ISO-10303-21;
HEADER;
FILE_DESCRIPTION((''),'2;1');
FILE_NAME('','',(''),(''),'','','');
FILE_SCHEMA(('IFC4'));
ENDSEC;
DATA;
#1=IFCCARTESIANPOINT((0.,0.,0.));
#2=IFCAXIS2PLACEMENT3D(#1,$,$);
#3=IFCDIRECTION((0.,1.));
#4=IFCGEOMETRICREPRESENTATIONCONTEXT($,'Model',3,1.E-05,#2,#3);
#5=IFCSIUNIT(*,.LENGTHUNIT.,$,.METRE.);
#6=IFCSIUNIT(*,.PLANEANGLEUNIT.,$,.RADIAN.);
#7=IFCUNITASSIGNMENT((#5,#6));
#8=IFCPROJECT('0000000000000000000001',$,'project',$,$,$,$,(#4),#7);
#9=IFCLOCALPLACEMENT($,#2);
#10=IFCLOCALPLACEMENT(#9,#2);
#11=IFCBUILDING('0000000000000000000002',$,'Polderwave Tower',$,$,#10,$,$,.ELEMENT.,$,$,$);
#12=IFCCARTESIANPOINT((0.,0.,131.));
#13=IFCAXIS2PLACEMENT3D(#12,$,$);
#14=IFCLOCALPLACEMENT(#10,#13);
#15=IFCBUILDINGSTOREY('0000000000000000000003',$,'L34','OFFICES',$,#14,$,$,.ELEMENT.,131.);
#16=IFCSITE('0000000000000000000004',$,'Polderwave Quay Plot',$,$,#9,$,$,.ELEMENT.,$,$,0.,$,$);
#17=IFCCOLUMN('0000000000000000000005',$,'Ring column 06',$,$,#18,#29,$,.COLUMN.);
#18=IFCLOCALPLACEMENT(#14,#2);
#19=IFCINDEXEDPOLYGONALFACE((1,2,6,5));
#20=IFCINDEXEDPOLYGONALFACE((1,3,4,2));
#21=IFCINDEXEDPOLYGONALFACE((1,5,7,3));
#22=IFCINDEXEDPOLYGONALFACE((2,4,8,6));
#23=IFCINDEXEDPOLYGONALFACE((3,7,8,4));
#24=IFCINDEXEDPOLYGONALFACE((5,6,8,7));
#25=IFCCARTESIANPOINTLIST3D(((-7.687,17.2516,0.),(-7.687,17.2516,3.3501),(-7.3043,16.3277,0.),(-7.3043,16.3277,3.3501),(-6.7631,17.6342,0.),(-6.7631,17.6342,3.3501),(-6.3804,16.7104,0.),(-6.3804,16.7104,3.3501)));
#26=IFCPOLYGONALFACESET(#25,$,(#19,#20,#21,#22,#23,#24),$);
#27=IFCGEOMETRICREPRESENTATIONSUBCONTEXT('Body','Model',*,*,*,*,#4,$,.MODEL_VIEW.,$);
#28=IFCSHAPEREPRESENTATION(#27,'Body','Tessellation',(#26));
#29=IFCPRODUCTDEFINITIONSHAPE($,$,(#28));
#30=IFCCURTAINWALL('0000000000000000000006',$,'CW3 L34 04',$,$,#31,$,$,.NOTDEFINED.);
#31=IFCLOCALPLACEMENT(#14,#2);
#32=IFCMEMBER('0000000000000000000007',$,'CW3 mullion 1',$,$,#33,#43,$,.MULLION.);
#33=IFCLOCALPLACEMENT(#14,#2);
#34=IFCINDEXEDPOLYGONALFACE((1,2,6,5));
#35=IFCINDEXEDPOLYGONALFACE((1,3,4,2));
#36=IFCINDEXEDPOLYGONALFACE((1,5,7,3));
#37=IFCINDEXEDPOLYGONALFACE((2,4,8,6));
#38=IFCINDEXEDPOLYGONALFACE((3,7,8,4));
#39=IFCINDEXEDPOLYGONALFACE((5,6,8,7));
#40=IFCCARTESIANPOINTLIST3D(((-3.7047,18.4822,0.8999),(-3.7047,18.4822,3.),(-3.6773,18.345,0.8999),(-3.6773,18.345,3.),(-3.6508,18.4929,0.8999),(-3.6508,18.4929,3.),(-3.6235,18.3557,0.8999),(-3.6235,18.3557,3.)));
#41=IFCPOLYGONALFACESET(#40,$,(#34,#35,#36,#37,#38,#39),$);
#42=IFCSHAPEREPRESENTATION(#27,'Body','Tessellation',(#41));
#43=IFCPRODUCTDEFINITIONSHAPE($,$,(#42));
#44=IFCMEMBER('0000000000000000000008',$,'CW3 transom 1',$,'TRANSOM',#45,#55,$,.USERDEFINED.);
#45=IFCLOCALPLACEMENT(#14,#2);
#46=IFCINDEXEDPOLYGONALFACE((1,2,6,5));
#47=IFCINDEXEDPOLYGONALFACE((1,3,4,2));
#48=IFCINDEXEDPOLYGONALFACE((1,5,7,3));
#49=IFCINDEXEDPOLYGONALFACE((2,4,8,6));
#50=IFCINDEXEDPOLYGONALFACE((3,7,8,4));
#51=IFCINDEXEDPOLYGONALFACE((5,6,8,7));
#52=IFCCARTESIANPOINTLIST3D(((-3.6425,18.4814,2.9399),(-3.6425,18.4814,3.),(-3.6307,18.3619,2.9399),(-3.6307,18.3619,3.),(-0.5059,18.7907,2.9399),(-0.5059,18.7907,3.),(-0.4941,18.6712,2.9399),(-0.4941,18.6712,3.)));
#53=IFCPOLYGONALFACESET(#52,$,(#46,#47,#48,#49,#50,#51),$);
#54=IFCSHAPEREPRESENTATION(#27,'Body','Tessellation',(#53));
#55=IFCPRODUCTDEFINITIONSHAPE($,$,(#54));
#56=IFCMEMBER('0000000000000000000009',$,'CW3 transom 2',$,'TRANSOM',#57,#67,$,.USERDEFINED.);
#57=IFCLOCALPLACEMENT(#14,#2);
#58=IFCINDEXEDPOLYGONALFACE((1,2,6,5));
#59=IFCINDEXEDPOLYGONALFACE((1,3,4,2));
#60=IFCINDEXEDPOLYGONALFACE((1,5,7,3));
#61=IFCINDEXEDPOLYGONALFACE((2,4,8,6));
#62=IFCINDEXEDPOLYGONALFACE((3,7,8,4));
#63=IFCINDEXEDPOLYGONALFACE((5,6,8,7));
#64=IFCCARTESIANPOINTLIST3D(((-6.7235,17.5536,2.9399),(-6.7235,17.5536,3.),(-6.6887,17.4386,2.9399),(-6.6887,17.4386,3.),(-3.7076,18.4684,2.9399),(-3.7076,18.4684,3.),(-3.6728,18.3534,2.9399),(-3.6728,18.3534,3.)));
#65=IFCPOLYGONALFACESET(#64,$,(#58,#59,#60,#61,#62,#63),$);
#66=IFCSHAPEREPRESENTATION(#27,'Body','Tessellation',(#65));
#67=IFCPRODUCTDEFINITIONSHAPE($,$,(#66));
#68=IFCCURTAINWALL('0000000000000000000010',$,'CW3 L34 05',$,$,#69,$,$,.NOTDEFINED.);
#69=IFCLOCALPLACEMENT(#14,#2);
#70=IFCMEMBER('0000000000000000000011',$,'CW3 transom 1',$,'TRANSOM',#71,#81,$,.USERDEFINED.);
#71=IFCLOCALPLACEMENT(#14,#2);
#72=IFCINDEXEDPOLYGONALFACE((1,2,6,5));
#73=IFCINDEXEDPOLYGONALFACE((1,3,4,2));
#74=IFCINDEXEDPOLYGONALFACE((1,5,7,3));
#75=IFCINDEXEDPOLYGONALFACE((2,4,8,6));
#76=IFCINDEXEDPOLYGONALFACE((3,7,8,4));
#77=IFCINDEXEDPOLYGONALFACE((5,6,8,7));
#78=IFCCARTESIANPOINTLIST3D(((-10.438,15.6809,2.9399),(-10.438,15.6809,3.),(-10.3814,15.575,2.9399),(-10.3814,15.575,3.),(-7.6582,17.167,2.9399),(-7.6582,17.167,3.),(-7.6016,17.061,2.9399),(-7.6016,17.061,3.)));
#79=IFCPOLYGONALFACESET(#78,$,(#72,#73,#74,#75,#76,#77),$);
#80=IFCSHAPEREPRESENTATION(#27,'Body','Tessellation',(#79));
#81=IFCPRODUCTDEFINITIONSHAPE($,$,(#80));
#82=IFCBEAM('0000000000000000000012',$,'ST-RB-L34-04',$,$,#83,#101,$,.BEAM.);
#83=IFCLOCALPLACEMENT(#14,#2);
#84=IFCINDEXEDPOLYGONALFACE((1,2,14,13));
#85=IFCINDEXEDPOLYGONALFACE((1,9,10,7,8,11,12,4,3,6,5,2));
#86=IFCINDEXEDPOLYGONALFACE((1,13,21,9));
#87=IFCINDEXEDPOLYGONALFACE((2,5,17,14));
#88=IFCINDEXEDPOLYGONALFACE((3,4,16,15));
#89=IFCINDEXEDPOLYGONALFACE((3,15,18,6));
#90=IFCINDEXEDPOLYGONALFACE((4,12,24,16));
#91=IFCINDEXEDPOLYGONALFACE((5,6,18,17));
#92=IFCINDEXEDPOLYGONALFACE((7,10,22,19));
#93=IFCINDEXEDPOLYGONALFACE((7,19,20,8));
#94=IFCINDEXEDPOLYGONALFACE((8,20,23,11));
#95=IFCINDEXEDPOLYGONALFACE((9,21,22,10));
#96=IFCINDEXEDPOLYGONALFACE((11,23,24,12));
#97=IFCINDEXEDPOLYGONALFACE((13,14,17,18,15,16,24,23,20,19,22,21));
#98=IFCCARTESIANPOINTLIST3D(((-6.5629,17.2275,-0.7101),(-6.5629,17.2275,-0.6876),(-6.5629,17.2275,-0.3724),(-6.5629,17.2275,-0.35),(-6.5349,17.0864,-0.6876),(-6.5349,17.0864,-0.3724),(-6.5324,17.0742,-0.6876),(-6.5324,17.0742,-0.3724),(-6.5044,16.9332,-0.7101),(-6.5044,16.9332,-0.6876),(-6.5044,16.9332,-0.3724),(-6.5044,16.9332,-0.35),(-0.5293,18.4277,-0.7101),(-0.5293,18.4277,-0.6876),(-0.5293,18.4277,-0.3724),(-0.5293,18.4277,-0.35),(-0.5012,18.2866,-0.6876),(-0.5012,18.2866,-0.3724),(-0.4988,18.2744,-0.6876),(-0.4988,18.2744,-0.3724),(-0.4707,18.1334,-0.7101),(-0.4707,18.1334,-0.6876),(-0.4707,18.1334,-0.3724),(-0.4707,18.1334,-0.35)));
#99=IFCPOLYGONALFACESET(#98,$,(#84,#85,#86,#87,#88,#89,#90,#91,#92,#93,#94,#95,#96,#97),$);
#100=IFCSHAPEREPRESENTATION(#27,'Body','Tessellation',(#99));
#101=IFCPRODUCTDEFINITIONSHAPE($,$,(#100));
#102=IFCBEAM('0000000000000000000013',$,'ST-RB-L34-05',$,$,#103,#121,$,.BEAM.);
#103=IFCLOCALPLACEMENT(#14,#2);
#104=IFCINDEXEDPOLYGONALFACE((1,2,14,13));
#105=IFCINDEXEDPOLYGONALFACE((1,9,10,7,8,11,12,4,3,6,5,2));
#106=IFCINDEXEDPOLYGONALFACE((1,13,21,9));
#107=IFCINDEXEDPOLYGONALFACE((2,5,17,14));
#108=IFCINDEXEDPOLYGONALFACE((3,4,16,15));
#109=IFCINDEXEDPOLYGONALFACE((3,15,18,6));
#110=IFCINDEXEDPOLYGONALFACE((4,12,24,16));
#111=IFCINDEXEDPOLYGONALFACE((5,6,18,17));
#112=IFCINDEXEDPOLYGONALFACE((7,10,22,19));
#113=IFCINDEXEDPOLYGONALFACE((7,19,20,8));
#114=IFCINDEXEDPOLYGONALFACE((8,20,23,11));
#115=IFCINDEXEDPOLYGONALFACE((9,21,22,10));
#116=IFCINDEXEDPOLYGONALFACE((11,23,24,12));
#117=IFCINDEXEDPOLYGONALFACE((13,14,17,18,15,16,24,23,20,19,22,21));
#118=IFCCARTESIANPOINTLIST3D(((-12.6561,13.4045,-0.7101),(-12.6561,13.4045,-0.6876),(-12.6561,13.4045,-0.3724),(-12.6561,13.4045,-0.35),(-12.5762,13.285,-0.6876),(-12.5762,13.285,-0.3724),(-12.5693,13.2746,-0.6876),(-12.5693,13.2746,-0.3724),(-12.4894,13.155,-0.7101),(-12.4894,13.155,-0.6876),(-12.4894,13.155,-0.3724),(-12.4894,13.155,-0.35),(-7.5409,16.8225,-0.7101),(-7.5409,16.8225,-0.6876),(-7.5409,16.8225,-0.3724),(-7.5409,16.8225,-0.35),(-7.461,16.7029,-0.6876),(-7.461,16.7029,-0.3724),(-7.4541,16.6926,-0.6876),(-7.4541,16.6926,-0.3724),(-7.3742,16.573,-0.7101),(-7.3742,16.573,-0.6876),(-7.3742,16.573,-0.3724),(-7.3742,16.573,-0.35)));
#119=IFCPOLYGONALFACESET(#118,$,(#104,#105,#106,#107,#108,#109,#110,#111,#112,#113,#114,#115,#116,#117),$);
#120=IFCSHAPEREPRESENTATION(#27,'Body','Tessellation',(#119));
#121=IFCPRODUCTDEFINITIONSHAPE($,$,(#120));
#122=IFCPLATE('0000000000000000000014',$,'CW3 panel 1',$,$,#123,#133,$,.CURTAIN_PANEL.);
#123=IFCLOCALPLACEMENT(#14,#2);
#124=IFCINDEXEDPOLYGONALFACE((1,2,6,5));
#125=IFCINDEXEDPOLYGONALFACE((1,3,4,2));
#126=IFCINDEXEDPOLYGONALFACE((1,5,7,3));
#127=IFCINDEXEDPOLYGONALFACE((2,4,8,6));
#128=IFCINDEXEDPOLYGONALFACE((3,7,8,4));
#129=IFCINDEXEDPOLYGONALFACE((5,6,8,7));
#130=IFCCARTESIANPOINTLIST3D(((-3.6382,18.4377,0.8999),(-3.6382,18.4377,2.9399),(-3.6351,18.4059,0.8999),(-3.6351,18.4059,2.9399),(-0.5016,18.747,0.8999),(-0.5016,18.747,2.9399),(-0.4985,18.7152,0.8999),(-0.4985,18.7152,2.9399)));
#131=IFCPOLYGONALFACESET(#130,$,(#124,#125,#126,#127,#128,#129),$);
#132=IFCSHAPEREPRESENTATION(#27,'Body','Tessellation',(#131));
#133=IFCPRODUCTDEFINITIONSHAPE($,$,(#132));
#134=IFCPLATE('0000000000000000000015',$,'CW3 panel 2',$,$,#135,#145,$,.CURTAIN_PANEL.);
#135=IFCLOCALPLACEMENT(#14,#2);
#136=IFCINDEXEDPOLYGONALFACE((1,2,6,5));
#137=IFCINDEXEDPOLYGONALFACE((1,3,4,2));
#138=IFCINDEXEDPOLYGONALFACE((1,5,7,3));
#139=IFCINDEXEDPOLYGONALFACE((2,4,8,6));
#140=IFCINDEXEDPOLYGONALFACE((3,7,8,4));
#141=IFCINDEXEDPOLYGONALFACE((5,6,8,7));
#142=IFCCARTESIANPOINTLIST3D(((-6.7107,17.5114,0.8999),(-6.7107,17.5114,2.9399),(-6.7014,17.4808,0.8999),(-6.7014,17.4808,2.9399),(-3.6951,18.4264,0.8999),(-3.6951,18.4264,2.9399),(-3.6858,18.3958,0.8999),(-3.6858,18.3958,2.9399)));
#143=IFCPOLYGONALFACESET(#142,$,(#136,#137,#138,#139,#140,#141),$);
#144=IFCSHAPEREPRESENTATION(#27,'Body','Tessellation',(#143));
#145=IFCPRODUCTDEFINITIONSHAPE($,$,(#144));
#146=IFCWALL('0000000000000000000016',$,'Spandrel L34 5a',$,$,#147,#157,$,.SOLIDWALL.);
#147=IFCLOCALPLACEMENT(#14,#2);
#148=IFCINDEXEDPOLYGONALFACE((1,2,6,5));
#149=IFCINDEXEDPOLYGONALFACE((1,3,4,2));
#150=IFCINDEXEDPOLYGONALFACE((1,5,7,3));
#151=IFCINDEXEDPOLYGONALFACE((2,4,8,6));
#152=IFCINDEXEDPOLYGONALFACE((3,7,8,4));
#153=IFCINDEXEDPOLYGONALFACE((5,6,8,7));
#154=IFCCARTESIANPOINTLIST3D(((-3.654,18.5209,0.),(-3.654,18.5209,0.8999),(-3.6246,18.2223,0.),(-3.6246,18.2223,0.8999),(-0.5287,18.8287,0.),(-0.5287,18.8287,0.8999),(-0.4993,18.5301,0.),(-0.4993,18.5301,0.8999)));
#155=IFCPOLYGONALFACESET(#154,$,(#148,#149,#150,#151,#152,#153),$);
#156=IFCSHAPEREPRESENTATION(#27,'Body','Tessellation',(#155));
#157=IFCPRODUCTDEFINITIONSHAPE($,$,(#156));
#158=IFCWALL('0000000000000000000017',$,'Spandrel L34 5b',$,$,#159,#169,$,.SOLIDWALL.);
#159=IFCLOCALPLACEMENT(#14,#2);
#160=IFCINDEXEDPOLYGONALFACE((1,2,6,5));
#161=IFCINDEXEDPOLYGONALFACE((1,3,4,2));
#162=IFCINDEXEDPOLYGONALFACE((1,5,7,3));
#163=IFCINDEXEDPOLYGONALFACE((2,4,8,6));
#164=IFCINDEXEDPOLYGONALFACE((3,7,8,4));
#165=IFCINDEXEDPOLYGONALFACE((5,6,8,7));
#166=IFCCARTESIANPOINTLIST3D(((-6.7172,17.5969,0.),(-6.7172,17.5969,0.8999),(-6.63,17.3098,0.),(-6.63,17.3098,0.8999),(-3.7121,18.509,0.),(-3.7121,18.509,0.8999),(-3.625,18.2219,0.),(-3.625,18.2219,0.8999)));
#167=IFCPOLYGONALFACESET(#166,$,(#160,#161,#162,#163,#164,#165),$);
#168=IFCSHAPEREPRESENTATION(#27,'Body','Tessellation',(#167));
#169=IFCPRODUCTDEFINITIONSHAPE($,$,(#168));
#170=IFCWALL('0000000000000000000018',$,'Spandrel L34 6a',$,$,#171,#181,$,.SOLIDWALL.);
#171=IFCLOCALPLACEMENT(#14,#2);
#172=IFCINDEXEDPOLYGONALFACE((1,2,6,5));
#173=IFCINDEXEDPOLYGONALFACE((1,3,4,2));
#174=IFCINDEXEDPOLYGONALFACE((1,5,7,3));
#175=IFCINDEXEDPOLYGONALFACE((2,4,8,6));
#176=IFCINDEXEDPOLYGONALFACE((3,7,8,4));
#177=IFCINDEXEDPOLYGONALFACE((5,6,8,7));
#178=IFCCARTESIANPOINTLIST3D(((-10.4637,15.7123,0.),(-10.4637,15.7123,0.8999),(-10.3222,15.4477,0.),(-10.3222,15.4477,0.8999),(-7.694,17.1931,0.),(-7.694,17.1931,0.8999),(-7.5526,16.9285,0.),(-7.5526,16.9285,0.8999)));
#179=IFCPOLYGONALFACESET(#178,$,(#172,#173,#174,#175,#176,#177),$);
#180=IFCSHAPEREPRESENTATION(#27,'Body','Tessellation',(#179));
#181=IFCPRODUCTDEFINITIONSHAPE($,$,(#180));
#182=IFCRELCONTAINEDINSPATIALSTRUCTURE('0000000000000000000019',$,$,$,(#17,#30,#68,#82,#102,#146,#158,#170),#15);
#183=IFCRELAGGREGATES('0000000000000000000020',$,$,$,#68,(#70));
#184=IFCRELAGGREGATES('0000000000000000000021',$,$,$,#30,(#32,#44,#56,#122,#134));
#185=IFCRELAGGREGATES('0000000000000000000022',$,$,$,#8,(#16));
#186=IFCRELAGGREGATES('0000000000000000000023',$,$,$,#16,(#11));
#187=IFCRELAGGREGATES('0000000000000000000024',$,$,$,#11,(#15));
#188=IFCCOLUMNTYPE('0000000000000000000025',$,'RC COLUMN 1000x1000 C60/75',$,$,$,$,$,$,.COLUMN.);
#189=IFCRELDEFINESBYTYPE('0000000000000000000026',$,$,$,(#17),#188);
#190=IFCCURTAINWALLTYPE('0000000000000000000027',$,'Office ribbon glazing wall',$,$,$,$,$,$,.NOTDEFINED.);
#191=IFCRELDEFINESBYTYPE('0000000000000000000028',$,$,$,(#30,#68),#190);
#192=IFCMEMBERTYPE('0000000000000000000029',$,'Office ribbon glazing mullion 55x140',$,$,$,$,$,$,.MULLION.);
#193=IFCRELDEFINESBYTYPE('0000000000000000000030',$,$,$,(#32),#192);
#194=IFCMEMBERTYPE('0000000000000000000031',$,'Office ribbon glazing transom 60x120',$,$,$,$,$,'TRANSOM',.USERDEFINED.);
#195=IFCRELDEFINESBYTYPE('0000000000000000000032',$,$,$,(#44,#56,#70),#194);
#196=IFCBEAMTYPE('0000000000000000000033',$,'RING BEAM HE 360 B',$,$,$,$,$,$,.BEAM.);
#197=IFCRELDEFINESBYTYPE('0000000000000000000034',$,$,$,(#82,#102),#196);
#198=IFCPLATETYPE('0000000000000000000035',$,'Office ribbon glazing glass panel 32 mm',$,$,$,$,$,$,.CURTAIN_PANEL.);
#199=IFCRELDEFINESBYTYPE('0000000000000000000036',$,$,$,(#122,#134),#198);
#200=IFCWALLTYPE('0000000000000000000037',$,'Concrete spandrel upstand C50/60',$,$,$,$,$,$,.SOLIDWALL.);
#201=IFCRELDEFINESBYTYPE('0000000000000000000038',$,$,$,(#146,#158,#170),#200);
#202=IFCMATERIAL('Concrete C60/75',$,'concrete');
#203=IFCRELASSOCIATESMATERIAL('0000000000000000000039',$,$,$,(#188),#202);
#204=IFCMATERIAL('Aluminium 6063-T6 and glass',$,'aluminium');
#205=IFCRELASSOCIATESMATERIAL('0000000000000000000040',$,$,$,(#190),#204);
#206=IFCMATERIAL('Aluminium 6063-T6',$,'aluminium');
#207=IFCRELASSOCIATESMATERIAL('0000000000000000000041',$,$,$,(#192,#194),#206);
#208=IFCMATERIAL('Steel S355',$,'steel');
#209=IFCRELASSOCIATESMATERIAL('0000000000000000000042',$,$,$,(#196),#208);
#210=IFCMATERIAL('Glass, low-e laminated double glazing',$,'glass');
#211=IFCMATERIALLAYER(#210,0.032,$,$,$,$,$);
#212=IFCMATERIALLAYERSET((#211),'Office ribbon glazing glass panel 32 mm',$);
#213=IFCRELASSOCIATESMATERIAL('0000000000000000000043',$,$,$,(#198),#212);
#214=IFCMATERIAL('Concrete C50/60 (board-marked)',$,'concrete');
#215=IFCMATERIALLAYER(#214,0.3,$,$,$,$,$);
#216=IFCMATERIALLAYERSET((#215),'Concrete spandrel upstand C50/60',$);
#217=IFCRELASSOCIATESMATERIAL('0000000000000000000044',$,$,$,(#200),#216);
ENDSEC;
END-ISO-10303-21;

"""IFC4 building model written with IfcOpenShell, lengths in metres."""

from ifc_helpers import new_model, si_unit, direction, frame, frame_2d, origin, origin_2d, place, context, subcontext, project, spatial, rectangle, i_section, extrude, material, layer, layer_set, material_profile, profile_set, type_object, element, aggregate, save


model = new_model("IFC4")

# Units and contexts
model_context = context("Model", 3, precision=1e-05, world=origin(), true_north=direction((0.0, 1.0)))
body_context = subcontext(model_context, "Body", "Model", "MODEL_VIEW")
ifc_project = project(units=[si_unit("LENGTHUNIT", "METRE"), si_unit("PLANEANGLEUNIT", "RADIAN")], contexts=[model_context])

# Site, building, storey
site_placement = place(None, origin())
site = spatial("IfcSite", under=ifc_project, at=site_placement, Name="Polderwave Quay Plot", CompositionType="ELEMENT", RefElevation=0.0)
building_placement = place(site_placement, origin())
building = spatial("IfcBuilding", under=site, at=building_placement, Name="Polderwave Tower", CompositionType="ELEMENT")
storey_placement = place(building_placement, frame((0.0, 0.0, 131.0)))
storey = spatial("IfcBuildingStorey", under=building, at=storey_placement, Name="L34", Description="OFFICES", CompositionType="ELEMENT", Elevation=131.0)

# Column
ifc_material_1 = material(Name="Concrete C60/75", Category="concrete")
ifc_material_profile_1 = material_profile(ifc_material_1, rectangle(XDim=1.0, YDim=1.0, at=origin_2d()), Name="RC 1000x1000")
ifc_profile_set_1 = profile_set([ifc_material_profile_1], Name="Concrete C60/75")
column_type = type_object("IfcColumnType", Name="RC COLUMN 1000x1000 C60/75", PredefinedType="COLUMN", material=ifc_profile_set_1)
column_placement = place(storey_placement, frame((-7.0337, 16.981, 0.0), z_axis=(0.0, 0.0, 1.0), x_axis=(-0.382683, 0.92388, 0.0)))
element("IfcColumn", 1, at=column_placement, inside=storey, type_object=column_type, Name="Ring column 06", PredefinedType="COLUMN", context=body_context, shape_type="SweptSolid", body=[
    extrude(rectangle(XDim=1.0, YDim=1.0, at=origin_2d()), origin(), (0.0, 0.0, 1.0), 3.3501),
])

# Curtain wall, members
ifc_material_2 = material(Name="Aluminium 6063-T6 and glass", Category="aluminium")
curtain_wall_type = type_object("IfcCurtainWallType", Name="Office ribbon glazing wall", PredefinedType="NOTDEFINED", material=ifc_material_2)
curtain_wall_1_placement = place(storey_placement, origin())
curtain_wall_1 = element("IfcCurtainWall", 2, at=curtain_wall_1_placement, inside=storey, type_object=curtain_wall_type, Name="CW3 L34 04", PredefinedType="NOTDEFINED")
ifc_material_3 = material(Name="Aluminium 6063-T6", Category="aluminium")
ifc_material_profile_2 = material_profile(ifc_material_3, rectangle(XDim=0.1399, YDim=0.0549, at=origin_2d()), Name="AL 55x140")
ifc_profile_set_2 = profile_set([ifc_material_profile_2], Name="Aluminium 6063-T6")
member_type_1 = type_object("IfcMemberType", Name="Office ribbon glazing mullion 55x140", PredefinedType="MULLION", material=ifc_profile_set_2)
member_1_placement = place(storey_placement, frame((-3.6641, 18.4189, 0.8999), z_axis=(0.0, 0.0, 1.0), x_axis=(0.195179, -0.980768, 0.0)))
member_1 = element("IfcMember", 3, at=member_1_placement, type_object=member_type_1, Name="CW3 mullion 1", PredefinedType="MULLION", context=body_context, shape_type="SweptSolid", body=[
    extrude(rectangle(XDim=0.1399, YDim=0.0549, at=origin_2d()), origin(), (0.0, 0.0, 1.0), 2.1001),
])
ifc_material_profile_3 = material_profile(ifc_material_3, rectangle(XDim=0.1201, YDim=0.0601, at=origin_2d()), Name="AL 60x120")
ifc_profile_set_3 = profile_set([ifc_material_profile_3], Name="Aluminium 6063-T6")
member_type_2 = type_object("IfcMemberType", Name="Office ribbon glazing transom 60x120", ElementType="TRANSOM", PredefinedType="USERDEFINED", material=ifc_profile_set_3)
member_2_placement = place(storey_placement, frame((-0.5, 18.731, 2.97), z_axis=(-0.995173, -0.098139, 0.0), x_axis=(0.098139, -0.995173, 0.0)))
member_2 = element("IfcMember", 4, at=member_2_placement, type_object=member_type_2, Name="CW3 transom 1", ObjectType="TRANSOM", PredefinedType="USERDEFINED", context=body_context, shape_type="SweptSolid", body=[
    extrude(rectangle(XDim=0.1201, YDim=0.0601, at=origin_2d()), origin(), (0.0, 0.0, 1.0), 3.1519),
])
member_3_placement = place(storey_placement, frame((-3.6902, 18.4109, 2.97), z_axis=(-0.956946, -0.290268, 0.0), x_axis=(0.290268, -0.956946, 0.0)))
member_3 = element("IfcMember", 5, at=member_3_placement, type_object=member_type_2, Name="CW3 transom 2", ObjectType="TRANSOM", PredefinedType="USERDEFINED", context=body_context, shape_type="SweptSolid", body=[
    extrude(rectangle(XDim=0.1201, YDim=0.0601, at=origin_2d()), origin(), (0.0, 0.0, 1.0), 3.1516),
])

# Curtain wall, member
curtain_wall_2_placement = place(storey_placement, origin())
curtain_wall_2 = element("IfcCurtainWall", 6, at=curtain_wall_2_placement, inside=storey, type_object=curtain_wall_type, Name="CW3 L34 05", PredefinedType="NOTDEFINED")
member_4_placement = place(storey_placement, frame((-7.6299, 17.114, 2.97), z_axis=(-0.881887, -0.47146, 0.0), x_axis=(0.47146, -0.881887, 0.0)))
member_4 = element("IfcMember", 7, at=member_4_placement, type_object=member_type_2, Name="CW3 transom 1", ObjectType="TRANSOM", PredefinedType="USERDEFINED", context=body_context, shape_type="SweptSolid", body=[
    extrude(rectangle(XDim=0.1201, YDim=0.0601, at=origin_2d()), origin(), (0.0, 0.0, 1.0), 3.1521),
])
aggregate(curtain_wall_2, [member_4])

# Beams
ifc_material_4 = material(Name="Steel S355", Category="steel")
ifc_material_profile_4 = material_profile(ifc_material_4, i_section(OverallWidth=0.3, OverallDepth=0.3601, WebThickness=0.0125, FlangeThickness=0.0225, at=origin_2d()), Name="HE 360 B")
ifc_profile_set_4 = profile_set([ifc_material_profile_4], Name="Steel S355")
beam_type = type_object("IfcBeamType", Name="RING BEAM HE 360 B", PredefinedType="BEAM", material=ifc_profile_set_4)
beam_1_placement = place(storey_placement, frame((-0.5, 18.2805, -0.53), z_axis=(-0.980785, -0.195093, 0.0), x_axis=(0.195093, -0.980785, 0.0)))
element("IfcBeam", 8, at=beam_1_placement, inside=storey, type_object=beam_type, Name="ST-RB-L34-04", PredefinedType="BEAM", context=body_context, shape_type="SweptSolid", body=[
    extrude(i_section(OverallWidth=0.3, OverallDepth=0.3601, WebThickness=0.0125, FlangeThickness=0.0225, at=origin_2d()), origin(), (0.0, 0.0, 1.0), 6.1519),
])
beam_2_placement = place(storey_placement, frame((-7.4575, 16.6978, -0.53), z_axis=(-0.831464, -0.555579, 0.0), x_axis=(0.555579, -0.831464, 0.0)))
element("IfcBeam", 9, at=beam_2_placement, inside=storey, type_object=beam_type, Name="ST-RB-L34-05", PredefinedType="BEAM", context=body_context, shape_type="SweptSolid", body=[
    extrude(i_section(OverallWidth=0.3, OverallDepth=0.3601, WebThickness=0.0125, FlangeThickness=0.0225, at=origin_2d()), origin(), (0.0, 0.0, 1.0), 6.1521),
])

# Plates
ifc_material_5 = material(Name="Glass, low-e laminated double glazing", Category="glass")
ifc_layer_1 = layer(ifc_material_5, 0.032)
ifc_layer_set_1 = layer_set([ifc_layer_1], Name="Office ribbon glazing glass panel 32 mm")
plate_type = type_object("IfcPlateType", Name="Office ribbon glazing glass panel 32 mm", PredefinedType="CURTAIN_PANEL", material=ifc_layer_set_1)
plate_1_placement = place(storey_placement, frame((-2.0684, 18.5764, 0.8999), z_axis=(0.0, 0.0, 1.0), x_axis=(-0.995173, -0.098134, 0.0)))
plate_1 = element("IfcPlate", 10, at=plate_1_placement, type_object=plate_type, Name="CW3 panel 1", PredefinedType="CURTAIN_PANEL", context=body_context, shape_type="SweptSolid", body=[
    extrude(rectangle(XDim=3.1519, YDim=0.032, at=origin_2d()), origin(), (0.0, 0.0, 1.0), 2.04),
])
plate_2_placement = place(storey_placement, frame((-5.1982, 17.9536, 0.8999), z_axis=(0.0, 0.0, 1.0), x_axis=(-0.956921, -0.290348, 0.0)))
plate_2 = element("IfcPlate", 11, at=plate_2_placement, type_object=plate_type, Name="CW3 panel 2", PredefinedType="CURTAIN_PANEL", context=body_context, shape_type="SweptSolid", body=[
    extrude(rectangle(XDim=3.1514, YDim=0.032, at=origin_2d()), origin(), (0.0, 0.0, 1.0), 2.04),
])
aggregate(curtain_wall_1, [member_1, member_2, member_3, plate_1, plate_2])

# Walls
ifc_material_6 = material(Name="Concrete C50/60 (board-marked)", Category="concrete")
ifc_layer_2 = layer(ifc_material_6, 0.3)
ifc_layer_set_2 = layer_set([ifc_layer_2], Name="Concrete spandrel upstand C50/60")
wall_type_1 = type_object("IfcWallType", Name="Concrete spandrel upstand C50/60", PredefinedType="SOLIDWALL", material=ifc_layer_set_2)
for number, where, z_axis, x_axis, name in (
    (12, (-0.5139, 18.6794, 0.0), (0.0, 0.0, 1.0), (-0.995183, -0.098033, 0.0), "Spandrel L34 5a"),
    (13, (-3.6685, 18.3655, 0.0), (0.0, 0.0, 1.0), (-0.956895, -0.290435, 0.0), "Spandrel L34 5b"),
):
    element("IfcWall", number, at=place(storey_placement, frame(where, z_axis=z_axis, x_axis=x_axis)), inside=storey, type_object=wall_type_1, Name=name, PredefinedType="SOLIDWALL", context=body_context, shape_type="SweptSolid", body=[
        extrude(rectangle(XDim=3.1404, YDim=0.3, at=frame_2d((1.5703, 0.0))), origin(), (0.0, 0.0, 1.0), 0.8999),
    ])
wall_1_placement = place(storey_placement, frame((-7.6233, 17.0608, 0.0), z_axis=(0.0, 0.0, 1.0), x_axis=(-0.881873, -0.471488, 0.0)))
element("IfcWall", 14, at=wall_1_placement, inside=storey, type_object=wall_type_1, Name="Spandrel L34 6a", PredefinedType="SOLIDWALL", context=body_context, shape_type="SweptSolid", body=[
    extrude(rectangle(XDim=3.1406, YDim=0.3, at=frame_2d((1.5703, 0.0))), origin(), (0.0, 0.0, 1.0), 0.8999),
])

save(model, "model.ifc")
